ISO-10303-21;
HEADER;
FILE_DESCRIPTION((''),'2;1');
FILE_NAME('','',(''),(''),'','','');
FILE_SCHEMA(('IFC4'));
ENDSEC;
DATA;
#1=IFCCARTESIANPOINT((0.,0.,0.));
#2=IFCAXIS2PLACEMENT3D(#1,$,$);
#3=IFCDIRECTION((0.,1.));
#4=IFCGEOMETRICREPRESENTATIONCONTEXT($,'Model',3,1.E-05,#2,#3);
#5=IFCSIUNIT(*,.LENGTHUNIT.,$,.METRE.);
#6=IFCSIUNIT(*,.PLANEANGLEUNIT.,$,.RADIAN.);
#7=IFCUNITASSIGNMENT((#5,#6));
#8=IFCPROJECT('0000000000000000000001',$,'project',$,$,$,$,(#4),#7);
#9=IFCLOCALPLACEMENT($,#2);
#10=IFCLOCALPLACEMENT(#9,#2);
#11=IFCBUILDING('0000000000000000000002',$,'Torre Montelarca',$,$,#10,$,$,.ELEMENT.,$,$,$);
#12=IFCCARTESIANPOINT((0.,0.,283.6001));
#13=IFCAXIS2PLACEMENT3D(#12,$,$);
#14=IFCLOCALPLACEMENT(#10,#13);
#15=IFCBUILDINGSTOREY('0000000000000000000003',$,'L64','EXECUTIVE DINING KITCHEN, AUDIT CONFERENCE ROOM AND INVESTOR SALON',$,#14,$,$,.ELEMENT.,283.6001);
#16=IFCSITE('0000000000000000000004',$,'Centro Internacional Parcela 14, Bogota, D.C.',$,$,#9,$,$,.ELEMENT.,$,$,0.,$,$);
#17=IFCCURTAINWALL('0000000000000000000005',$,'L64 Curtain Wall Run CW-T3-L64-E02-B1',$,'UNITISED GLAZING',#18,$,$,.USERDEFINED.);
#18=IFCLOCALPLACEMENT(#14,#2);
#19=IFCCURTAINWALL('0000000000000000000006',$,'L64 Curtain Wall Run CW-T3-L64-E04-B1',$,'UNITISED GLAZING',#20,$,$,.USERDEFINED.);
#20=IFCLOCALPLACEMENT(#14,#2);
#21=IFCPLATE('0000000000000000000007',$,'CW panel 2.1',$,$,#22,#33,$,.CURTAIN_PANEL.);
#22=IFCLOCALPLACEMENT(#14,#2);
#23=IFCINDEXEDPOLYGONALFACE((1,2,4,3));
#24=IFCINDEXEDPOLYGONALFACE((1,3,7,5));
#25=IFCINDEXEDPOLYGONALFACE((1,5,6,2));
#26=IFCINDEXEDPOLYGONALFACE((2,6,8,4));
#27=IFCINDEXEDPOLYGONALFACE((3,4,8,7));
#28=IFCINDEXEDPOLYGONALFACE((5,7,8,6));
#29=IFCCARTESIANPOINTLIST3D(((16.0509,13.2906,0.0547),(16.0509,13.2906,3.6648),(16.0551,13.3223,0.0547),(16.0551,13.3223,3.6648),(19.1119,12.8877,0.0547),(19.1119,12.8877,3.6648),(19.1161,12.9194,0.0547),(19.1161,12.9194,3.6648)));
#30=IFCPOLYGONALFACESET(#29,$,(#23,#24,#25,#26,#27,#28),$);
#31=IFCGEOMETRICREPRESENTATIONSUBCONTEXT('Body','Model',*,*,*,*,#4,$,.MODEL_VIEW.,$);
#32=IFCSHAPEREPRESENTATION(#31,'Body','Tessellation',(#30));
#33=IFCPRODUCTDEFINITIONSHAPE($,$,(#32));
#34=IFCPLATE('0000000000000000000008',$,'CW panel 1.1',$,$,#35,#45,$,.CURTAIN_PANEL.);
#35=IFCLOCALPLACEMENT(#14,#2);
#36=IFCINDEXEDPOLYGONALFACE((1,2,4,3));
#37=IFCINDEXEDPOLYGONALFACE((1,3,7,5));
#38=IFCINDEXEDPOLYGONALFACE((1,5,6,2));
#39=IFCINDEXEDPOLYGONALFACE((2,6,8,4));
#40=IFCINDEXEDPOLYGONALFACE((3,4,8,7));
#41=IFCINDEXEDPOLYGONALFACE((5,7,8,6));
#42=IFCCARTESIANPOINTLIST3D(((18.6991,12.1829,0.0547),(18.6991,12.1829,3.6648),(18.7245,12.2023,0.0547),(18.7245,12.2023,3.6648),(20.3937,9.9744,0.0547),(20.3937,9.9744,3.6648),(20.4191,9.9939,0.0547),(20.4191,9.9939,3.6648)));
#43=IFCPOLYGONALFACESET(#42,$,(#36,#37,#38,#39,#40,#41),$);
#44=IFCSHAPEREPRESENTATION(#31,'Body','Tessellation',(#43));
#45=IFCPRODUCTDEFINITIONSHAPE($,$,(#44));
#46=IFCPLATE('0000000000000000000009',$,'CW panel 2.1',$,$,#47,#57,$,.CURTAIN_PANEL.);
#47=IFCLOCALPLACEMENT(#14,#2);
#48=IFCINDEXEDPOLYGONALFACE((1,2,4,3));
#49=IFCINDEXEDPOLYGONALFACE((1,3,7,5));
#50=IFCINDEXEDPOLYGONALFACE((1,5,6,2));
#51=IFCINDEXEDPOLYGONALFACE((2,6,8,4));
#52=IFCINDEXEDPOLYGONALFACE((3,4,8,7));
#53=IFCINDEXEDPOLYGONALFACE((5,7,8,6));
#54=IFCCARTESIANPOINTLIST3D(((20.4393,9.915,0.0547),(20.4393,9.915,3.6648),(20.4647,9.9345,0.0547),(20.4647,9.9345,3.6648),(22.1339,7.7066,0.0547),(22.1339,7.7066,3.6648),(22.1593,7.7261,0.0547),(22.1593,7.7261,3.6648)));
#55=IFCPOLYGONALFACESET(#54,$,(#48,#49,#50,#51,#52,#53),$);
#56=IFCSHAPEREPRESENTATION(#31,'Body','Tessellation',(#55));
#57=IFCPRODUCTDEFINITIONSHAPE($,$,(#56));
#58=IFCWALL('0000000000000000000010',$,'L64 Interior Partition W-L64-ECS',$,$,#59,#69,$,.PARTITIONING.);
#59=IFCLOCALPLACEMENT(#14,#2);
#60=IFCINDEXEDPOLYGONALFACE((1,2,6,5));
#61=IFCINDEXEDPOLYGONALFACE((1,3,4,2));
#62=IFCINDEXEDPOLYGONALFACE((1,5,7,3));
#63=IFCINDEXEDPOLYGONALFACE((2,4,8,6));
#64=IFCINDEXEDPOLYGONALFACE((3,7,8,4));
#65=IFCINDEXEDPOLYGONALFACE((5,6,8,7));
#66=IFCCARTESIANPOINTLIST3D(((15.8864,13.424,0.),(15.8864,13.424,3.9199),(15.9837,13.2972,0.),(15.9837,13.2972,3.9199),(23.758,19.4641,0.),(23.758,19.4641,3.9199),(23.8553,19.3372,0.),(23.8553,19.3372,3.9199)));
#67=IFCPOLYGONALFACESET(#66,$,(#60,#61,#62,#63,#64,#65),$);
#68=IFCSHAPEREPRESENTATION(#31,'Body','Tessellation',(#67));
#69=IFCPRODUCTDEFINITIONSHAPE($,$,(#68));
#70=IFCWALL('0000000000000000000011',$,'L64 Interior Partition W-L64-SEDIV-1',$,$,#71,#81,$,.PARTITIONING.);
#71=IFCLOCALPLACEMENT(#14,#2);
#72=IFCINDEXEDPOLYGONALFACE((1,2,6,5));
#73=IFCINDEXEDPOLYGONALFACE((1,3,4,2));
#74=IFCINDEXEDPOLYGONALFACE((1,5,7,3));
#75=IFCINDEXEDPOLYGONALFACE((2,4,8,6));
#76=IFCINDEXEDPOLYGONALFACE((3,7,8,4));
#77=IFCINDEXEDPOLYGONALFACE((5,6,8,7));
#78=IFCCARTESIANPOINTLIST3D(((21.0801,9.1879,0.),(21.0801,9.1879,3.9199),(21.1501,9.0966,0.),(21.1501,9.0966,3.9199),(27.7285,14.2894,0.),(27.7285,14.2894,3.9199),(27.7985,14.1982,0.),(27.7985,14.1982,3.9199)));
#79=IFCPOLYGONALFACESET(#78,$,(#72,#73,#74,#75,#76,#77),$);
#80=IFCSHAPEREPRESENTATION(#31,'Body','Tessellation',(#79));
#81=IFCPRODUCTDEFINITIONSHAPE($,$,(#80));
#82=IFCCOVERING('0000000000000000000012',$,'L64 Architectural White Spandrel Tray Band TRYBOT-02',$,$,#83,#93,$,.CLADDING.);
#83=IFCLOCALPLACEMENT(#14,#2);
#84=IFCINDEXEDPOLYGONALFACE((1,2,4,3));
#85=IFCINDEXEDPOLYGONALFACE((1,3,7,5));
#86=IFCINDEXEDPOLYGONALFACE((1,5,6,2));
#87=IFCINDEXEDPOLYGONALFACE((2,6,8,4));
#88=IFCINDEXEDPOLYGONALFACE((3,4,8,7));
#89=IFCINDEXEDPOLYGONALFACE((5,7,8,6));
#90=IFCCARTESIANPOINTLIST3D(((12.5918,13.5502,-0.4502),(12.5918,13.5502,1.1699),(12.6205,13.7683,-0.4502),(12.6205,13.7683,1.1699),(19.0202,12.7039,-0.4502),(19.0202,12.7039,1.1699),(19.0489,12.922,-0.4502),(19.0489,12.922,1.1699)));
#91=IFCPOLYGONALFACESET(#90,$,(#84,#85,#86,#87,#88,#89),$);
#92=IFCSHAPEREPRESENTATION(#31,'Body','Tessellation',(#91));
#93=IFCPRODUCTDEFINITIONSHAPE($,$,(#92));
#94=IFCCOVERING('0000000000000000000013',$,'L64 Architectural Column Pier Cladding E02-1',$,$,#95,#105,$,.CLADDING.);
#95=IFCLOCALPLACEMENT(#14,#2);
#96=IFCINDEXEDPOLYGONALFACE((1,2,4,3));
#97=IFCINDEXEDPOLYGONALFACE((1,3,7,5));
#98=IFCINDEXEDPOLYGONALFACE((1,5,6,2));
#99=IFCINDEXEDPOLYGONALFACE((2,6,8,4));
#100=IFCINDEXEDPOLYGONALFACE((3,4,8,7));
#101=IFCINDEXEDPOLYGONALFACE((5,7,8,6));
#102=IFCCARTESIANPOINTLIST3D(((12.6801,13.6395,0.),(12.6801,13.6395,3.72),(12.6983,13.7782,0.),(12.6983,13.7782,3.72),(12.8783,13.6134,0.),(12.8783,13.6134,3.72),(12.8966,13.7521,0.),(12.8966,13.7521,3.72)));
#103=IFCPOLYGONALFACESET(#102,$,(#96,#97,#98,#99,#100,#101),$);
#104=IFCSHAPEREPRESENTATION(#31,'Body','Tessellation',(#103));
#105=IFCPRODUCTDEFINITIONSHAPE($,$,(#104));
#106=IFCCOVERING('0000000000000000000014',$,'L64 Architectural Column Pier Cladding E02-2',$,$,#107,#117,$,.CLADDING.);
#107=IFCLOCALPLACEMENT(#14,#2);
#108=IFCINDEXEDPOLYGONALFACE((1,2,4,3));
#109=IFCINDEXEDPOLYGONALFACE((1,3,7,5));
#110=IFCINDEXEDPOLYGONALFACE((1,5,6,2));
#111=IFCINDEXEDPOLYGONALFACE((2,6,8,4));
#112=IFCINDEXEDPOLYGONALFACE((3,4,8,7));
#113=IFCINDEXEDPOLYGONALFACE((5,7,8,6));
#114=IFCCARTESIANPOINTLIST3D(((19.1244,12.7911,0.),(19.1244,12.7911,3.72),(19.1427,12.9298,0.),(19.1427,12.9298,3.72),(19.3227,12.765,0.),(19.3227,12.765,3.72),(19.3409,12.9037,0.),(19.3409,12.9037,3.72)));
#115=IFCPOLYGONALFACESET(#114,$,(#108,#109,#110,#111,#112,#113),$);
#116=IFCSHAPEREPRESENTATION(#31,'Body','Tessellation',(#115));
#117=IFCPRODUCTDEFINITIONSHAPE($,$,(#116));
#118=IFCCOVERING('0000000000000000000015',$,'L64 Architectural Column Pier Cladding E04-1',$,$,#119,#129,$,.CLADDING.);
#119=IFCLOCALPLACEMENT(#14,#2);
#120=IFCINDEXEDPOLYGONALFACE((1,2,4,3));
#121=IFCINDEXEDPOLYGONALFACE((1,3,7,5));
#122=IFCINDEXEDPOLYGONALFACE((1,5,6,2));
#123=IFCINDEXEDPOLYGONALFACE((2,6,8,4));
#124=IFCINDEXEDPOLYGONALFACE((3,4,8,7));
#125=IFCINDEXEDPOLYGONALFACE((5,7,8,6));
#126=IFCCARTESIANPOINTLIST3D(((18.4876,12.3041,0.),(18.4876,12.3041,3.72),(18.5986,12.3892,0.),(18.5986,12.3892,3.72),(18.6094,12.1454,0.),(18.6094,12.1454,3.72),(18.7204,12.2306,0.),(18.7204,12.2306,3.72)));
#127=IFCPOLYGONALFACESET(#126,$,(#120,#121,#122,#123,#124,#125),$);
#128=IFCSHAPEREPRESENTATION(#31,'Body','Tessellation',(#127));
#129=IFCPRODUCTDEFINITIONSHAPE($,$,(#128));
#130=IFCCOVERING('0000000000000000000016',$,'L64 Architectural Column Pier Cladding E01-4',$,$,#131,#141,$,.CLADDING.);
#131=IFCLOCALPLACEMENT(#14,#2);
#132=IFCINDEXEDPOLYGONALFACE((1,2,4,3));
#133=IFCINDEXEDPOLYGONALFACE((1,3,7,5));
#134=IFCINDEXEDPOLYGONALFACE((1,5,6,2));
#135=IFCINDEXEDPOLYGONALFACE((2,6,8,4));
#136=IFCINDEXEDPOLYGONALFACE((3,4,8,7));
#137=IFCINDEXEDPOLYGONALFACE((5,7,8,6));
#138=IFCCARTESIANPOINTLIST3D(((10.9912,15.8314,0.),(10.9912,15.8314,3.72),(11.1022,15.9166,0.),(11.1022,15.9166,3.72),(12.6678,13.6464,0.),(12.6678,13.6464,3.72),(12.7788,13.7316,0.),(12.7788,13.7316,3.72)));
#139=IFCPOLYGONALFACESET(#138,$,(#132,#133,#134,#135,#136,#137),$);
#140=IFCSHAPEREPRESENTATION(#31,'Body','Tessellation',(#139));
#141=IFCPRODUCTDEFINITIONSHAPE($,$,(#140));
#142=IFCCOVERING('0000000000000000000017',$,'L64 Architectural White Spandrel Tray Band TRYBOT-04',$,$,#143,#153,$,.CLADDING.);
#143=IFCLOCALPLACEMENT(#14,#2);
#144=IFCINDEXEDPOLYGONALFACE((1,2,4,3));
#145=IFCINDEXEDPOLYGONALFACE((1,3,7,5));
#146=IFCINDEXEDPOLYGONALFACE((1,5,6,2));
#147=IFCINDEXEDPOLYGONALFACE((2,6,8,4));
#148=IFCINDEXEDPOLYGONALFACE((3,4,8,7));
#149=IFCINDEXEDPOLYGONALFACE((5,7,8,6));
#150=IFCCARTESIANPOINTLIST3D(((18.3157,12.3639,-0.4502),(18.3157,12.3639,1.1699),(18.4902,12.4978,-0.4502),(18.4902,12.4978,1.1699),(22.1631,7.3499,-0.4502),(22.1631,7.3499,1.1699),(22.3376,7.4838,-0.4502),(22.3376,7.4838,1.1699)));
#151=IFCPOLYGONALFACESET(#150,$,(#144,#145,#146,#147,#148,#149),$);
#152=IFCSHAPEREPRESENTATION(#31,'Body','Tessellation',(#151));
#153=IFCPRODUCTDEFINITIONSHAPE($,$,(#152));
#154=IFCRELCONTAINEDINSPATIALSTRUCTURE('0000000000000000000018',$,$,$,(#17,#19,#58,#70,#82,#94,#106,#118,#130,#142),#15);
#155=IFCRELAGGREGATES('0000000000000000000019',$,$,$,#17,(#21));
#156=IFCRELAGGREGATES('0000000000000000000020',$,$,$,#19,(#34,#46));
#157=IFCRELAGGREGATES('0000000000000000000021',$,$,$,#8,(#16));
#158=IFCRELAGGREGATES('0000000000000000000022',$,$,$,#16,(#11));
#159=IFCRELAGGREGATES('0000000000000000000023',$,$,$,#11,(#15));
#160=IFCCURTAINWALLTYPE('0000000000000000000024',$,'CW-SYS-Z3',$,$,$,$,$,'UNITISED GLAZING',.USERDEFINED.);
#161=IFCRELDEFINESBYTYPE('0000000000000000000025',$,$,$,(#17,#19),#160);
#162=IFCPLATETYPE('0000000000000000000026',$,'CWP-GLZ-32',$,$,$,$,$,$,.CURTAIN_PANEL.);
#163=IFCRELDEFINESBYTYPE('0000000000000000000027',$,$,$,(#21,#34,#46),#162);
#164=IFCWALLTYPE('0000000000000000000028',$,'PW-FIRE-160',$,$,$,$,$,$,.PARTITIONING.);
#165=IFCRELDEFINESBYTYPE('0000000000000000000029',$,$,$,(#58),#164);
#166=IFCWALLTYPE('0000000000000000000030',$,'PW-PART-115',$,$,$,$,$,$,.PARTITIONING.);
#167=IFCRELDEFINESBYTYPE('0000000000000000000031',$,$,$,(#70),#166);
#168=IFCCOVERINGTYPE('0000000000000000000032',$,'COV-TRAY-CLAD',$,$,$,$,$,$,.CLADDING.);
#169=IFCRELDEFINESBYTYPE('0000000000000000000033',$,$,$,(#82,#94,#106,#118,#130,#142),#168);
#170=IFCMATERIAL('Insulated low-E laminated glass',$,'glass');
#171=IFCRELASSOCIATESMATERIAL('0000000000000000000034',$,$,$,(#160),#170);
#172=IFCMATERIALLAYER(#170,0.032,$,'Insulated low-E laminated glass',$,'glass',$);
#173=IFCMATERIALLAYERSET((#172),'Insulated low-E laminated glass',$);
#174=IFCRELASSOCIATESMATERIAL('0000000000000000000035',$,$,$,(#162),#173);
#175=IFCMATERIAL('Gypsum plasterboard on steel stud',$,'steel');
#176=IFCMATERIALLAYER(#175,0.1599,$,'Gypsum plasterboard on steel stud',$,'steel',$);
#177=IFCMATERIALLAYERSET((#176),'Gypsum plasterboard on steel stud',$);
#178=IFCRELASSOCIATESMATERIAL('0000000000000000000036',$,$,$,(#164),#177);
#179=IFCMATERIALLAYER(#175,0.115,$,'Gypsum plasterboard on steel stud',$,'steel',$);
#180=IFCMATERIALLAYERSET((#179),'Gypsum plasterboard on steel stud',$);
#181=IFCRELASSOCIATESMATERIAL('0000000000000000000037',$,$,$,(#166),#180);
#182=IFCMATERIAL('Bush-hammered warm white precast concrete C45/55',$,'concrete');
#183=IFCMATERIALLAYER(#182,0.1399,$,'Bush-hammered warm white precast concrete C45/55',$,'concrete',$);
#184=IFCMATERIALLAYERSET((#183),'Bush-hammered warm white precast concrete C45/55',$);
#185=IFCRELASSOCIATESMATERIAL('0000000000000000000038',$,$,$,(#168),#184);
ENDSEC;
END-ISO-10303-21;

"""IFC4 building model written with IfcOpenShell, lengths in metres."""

from ifc_helpers import new_model, si_unit, direction, frame, frame_2d, origin, origin_2d, place, context, subcontext, project, spatial, rectangle, extrude, source, transform, mapped, material, layer, layer_set, type_object, element, aggregate, save


model = new_model("IFC4")

# Units and contexts
model_context = context("Model", 3, precision=1e-05, world=origin(), true_north=direction((0.0, 1.0)))
body_context = subcontext(model_context, "Body", "Model", "MODEL_VIEW")
ifc_project = project(units=[si_unit("LENGTHUNIT", "METRE"), si_unit("PLANEANGLEUNIT", "RADIAN")], contexts=[model_context])

# Site, building, storey
site_placement = place(None, origin())
site = spatial("IfcSite", under=ifc_project, at=site_placement, Name="Centro Internacional Parcela 14, Bogota, D.C.", CompositionType="ELEMENT", RefElevation=0.0)
building_placement = place(site_placement, origin())
building = spatial("IfcBuilding", under=site, at=building_placement, Name="Torre Montelarca", CompositionType="ELEMENT")
storey_placement = place(building_placement, frame((0.0, 0.0, 283.6001)))
storey = spatial("IfcBuildingStorey", under=building, at=storey_placement, Name="L64", Description="EXECUTIVE DINING KITCHEN, AUDIT CONFERENCE ROOM AND INVESTOR SALON", CompositionType="ELEMENT", Elevation=283.6001)

# Curtain walls
ifc_material_1 = material(Name="Insulated low-E laminated glass", Category="glass")
curtain_wall_type = type_object("IfcCurtainWallType", Name="CW-SYS-Z3", ElementType="UNITISED GLAZING", PredefinedType="USERDEFINED", material=ifc_material_1)
curtain_wall_1_placement = place(storey_placement, origin())
curtain_wall_1 = element("IfcCurtainWall", 1, at=curtain_wall_1_placement, inside=storey, type_object=curtain_wall_type, Name="L64 Curtain Wall Run CW-T3-L64-E02-B1", ObjectType="UNITISED GLAZING", PredefinedType="USERDEFINED")
curtain_wall_2_placement = place(storey_placement, origin())
curtain_wall_2 = element("IfcCurtainWall", 2, at=curtain_wall_2_placement, inside=storey, type_object=curtain_wall_type, Name="L64 Curtain Wall Run CW-T3-L64-E04-B1", ObjectType="UNITISED GLAZING", PredefinedType="USERDEFINED")

# Plates
ifc_layer_1 = layer(ifc_material_1, 0.032, Name="Insulated low-E laminated glass", Category="glass")
ifc_layer_set_1 = layer_set([ifc_layer_1], Name="Insulated low-E laminated glass")
plate_type = type_object("IfcPlateType", Name="CWP-GLZ-32", PredefinedType="CURTAIN_PANEL", material=ifc_layer_set_1)
shared_shape_1 = source(origin(), body_context, "Body", "SweptSolid", [
    extrude(rectangle(XDim=3.0874, YDim=0.032, at=origin_2d()), origin(), (0.0, 0.0, 1.0), 3.6101),
])
plate_1_placement = place(storey_placement, frame((17.5835, 13.105, 0.0547), z_axis=(0.0, 0.0, 1.0), x_axis=(0.991446, -0.130515, 0.0)))
plate_1 = element("IfcPlate", 3, at=plate_1_placement, type_object=plate_type, Name="CW panel 2.1", PredefinedType="CURTAIN_PANEL", context=body_context, shape_type="MappedRepresentation", body=[
    mapped(shared_shape_1, transform((0.0, 0.0, 0.0), scale=1.0)),
])
aggregate(curtain_wall_1, [plate_1])
shared_shape_2 = source(origin(), body_context, "Body", "SweptSolid", [
    extrude(rectangle(XDim=2.7837, YDim=0.032, at=origin_2d()), origin(), (0.0, 0.0, 1.0), 3.6101),
])
plate_2_placement = place(storey_placement, frame((19.5591, 11.0884, 0.0547), z_axis=(0.0, 0.0, 1.0), x_axis=(0.608762, -0.793353, 0.0)))
plate_2 = element("IfcPlate", 4, at=plate_2_placement, type_object=plate_type, Name="CW panel 1.1", PredefinedType="CURTAIN_PANEL", context=body_context, shape_type="MappedRepresentation", body=[
    mapped(shared_shape_2, transform((0.0, 0.0, 0.0), scale=1.0)),
])
plate_3_placement = place(storey_placement, frame((21.2993, 8.8206, 0.0547), z_axis=(0.0, 0.0, 1.0), x_axis=(0.608762, -0.793353, 0.0)))
plate_3 = element("IfcPlate", 5, at=plate_3_placement, type_object=plate_type, Name="CW panel 2.1", PredefinedType="CURTAIN_PANEL", context=body_context, shape_type="MappedRepresentation", body=[
    mapped(shared_shape_2, transform((0.0, 0.0, 0.0), scale=1.0)),
])
aggregate(curtain_wall_2, [plate_2, plate_3])

# Walls
ifc_material_2 = material(Name="Gypsum plasterboard on steel stud", Category="steel")
ifc_layer_2 = layer(ifc_material_2, 0.1599, Name="Gypsum plasterboard on steel stud", Category="steel")
ifc_layer_set_2 = layer_set([ifc_layer_2], Name="Gypsum plasterboard on steel stud")
wall_type_1 = type_object("IfcWallType", Name="PW-FIRE-160", PredefinedType="PARTITIONING", material=ifc_layer_set_2)
wall_1_placement = place(storey_placement, frame((15.9351, 13.3606, 0.0), z_axis=(0.0, 0.0, 1.0), x_axis=(0.793355, 0.608759, 0.0)))
element("IfcWall", 6, at=wall_1_placement, inside=storey, type_object=wall_type_1, Name="L64 Interior Partition W-L64-ECS", PredefinedType="PARTITIONING", context=body_context, shape_type="SweptSolid", body=[
    extrude(rectangle(XDim=9.9219, YDim=0.1599, at=frame_2d((4.9609, 0.0))), origin(), (0.0, 0.0, 1.0), 3.9199),
])
ifc_layer_3 = layer(ifc_material_2, 0.115, Name="Gypsum plasterboard on steel stud", Category="steel")
ifc_layer_set_3 = layer_set([ifc_layer_3], Name="Gypsum plasterboard on steel stud")
wall_type_2 = type_object("IfcWallType", Name="PW-PART-115", PredefinedType="PARTITIONING", material=ifc_layer_set_3)
wall_2_placement = place(storey_placement, frame((21.1152, 9.1423, 0.0), z_axis=(0.0, 0.0, 1.0), x_axis=(0.793351, 0.608764, 0.0)))
element("IfcWall", 7, at=wall_2_placement, inside=storey, type_object=wall_type_2, Name="L64 Interior Partition W-L64-SEDIV-1", PredefinedType="PARTITIONING", context=body_context, shape_type="SweptSolid", body=[
    extrude(rectangle(XDim=8.3801, YDim=0.115, at=frame_2d((4.1899, 0.0))), origin(), (0.0, 0.0, 1.0), 3.9199),
])

# Coverings
ifc_material_3 = material(Name="Bush-hammered warm white precast concrete C45/55", Category="concrete")
ifc_layer_4 = layer(ifc_material_3, 0.1399, Name="Bush-hammered warm white precast concrete C45/55", Category="concrete")
ifc_layer_set_4 = layer_set([ifc_layer_4], Name="Bush-hammered warm white precast concrete C45/55")
covering_type = type_object("IfcCoveringType", Name="COV-TRAY-CLAD", PredefinedType="CLADDING", material=ifc_layer_set_4)
shared_shape_3 = source(origin(), body_context, "Body", "SweptSolid", [
    extrude(rectangle(XDim=6.4839, YDim=0.22, at=origin_2d()), origin(), (0.0, 0.0, 1.0), 1.6201),
])
covering_1_placement = place(storey_placement, frame((15.8203, 13.2361, -0.4502), z_axis=(0.0, 0.0, 1.0), x_axis=(0.991444, -0.130531, 0.0)))
element("IfcCovering", 8, at=covering_1_placement, inside=storey, type_object=covering_type, Name="L64 Architectural White Spandrel Tray Band TRYBOT-02", PredefinedType="CLADDING", context=body_context, shape_type="MappedRepresentation", body=[
    mapped(shared_shape_3, transform((0.0, 0.0, 0.0), scale=1.0)),
])
shared_shape_4 = source(origin(), body_context, "Body", "SweptSolid", [
    extrude(rectangle(XDim=0.2, YDim=0.1399, at=origin_2d()), origin(), (0.0, 0.0, 1.0), 3.72),
])
for number, where, z_axis, x_axis, name in (
    (9, (12.7883, 13.6958, 0.0), (0.0, 0.0, 1.0), (0.991444, -0.130531, 0.0), "L64 Architectural Column Pier Cladding E02-1"),
    (10, (19.2327, 12.8474, 0.0), (0.0, 0.0, 1.0), (0.991444, -0.130531, 0.0), "L64 Architectural Column Pier Cladding E02-2"),
    (11, (18.604, 12.2673, 0.0), (0.0, 0.0, 1.0), (0.608773, -0.793345, 0.0), "L64 Architectural Column Pier Cladding E04-1"),
):
    element("IfcCovering", number, at=place(storey_placement, frame(where, z_axis=z_axis, x_axis=x_axis)), inside=storey, type_object=covering_type, Name=name, PredefinedType="CLADDING", context=body_context, shape_type="MappedRepresentation", body=[
        mapped(shared_shape_4, transform((0.0, 0.0, 0.0), scale=1.0)),
    ])
shared_shape_5 = source(origin(), body_context, "Body", "SweptSolid", [
    extrude(rectangle(XDim=2.7542, YDim=0.1399, at=origin_2d()), origin(), (0.0, 0.0, 1.0), 3.72),
])
covering_2_placement = place(storey_placement, frame((11.885, 14.7815, 0.0), z_axis=(0.0, 0.0, 1.0), x_axis=(0.608766, -0.79335, 0.0)))
element("IfcCovering", 12, at=covering_2_placement, inside=storey, type_object=covering_type, Name="L64 Architectural Column Pier Cladding E01-4", PredefinedType="CLADDING", context=body_context, shape_type="MappedRepresentation", body=[
    mapped(shared_shape_5, transform((0.0, 0.0, 0.0), scale=1.0)),
])
shared_shape_6 = source(origin(), body_context, "Body", "SweptSolid", [
    extrude(rectangle(XDim=6.3201, YDim=0.22, at=origin_2d()), origin(), (0.0, 0.0, 1.0), 1.6201),
])
covering_3_placement = place(storey_placement, frame((20.3267, 9.9238, -0.4502), z_axis=(0.0, 0.0, 1.0), x_axis=(0.608768, -0.793348, 0.0)))
element("IfcCovering", 13, at=covering_3_placement, inside=storey, type_object=covering_type, Name="L64 Architectural White Spandrel Tray Band TRYBOT-04", PredefinedType="CLADDING", context=body_context, shape_type="MappedRepresentation", body=[
    mapped(shared_shape_6, transform((0.0, 0.0, 0.0), scale=1.0)),
])

save(model, "model.ifc")
